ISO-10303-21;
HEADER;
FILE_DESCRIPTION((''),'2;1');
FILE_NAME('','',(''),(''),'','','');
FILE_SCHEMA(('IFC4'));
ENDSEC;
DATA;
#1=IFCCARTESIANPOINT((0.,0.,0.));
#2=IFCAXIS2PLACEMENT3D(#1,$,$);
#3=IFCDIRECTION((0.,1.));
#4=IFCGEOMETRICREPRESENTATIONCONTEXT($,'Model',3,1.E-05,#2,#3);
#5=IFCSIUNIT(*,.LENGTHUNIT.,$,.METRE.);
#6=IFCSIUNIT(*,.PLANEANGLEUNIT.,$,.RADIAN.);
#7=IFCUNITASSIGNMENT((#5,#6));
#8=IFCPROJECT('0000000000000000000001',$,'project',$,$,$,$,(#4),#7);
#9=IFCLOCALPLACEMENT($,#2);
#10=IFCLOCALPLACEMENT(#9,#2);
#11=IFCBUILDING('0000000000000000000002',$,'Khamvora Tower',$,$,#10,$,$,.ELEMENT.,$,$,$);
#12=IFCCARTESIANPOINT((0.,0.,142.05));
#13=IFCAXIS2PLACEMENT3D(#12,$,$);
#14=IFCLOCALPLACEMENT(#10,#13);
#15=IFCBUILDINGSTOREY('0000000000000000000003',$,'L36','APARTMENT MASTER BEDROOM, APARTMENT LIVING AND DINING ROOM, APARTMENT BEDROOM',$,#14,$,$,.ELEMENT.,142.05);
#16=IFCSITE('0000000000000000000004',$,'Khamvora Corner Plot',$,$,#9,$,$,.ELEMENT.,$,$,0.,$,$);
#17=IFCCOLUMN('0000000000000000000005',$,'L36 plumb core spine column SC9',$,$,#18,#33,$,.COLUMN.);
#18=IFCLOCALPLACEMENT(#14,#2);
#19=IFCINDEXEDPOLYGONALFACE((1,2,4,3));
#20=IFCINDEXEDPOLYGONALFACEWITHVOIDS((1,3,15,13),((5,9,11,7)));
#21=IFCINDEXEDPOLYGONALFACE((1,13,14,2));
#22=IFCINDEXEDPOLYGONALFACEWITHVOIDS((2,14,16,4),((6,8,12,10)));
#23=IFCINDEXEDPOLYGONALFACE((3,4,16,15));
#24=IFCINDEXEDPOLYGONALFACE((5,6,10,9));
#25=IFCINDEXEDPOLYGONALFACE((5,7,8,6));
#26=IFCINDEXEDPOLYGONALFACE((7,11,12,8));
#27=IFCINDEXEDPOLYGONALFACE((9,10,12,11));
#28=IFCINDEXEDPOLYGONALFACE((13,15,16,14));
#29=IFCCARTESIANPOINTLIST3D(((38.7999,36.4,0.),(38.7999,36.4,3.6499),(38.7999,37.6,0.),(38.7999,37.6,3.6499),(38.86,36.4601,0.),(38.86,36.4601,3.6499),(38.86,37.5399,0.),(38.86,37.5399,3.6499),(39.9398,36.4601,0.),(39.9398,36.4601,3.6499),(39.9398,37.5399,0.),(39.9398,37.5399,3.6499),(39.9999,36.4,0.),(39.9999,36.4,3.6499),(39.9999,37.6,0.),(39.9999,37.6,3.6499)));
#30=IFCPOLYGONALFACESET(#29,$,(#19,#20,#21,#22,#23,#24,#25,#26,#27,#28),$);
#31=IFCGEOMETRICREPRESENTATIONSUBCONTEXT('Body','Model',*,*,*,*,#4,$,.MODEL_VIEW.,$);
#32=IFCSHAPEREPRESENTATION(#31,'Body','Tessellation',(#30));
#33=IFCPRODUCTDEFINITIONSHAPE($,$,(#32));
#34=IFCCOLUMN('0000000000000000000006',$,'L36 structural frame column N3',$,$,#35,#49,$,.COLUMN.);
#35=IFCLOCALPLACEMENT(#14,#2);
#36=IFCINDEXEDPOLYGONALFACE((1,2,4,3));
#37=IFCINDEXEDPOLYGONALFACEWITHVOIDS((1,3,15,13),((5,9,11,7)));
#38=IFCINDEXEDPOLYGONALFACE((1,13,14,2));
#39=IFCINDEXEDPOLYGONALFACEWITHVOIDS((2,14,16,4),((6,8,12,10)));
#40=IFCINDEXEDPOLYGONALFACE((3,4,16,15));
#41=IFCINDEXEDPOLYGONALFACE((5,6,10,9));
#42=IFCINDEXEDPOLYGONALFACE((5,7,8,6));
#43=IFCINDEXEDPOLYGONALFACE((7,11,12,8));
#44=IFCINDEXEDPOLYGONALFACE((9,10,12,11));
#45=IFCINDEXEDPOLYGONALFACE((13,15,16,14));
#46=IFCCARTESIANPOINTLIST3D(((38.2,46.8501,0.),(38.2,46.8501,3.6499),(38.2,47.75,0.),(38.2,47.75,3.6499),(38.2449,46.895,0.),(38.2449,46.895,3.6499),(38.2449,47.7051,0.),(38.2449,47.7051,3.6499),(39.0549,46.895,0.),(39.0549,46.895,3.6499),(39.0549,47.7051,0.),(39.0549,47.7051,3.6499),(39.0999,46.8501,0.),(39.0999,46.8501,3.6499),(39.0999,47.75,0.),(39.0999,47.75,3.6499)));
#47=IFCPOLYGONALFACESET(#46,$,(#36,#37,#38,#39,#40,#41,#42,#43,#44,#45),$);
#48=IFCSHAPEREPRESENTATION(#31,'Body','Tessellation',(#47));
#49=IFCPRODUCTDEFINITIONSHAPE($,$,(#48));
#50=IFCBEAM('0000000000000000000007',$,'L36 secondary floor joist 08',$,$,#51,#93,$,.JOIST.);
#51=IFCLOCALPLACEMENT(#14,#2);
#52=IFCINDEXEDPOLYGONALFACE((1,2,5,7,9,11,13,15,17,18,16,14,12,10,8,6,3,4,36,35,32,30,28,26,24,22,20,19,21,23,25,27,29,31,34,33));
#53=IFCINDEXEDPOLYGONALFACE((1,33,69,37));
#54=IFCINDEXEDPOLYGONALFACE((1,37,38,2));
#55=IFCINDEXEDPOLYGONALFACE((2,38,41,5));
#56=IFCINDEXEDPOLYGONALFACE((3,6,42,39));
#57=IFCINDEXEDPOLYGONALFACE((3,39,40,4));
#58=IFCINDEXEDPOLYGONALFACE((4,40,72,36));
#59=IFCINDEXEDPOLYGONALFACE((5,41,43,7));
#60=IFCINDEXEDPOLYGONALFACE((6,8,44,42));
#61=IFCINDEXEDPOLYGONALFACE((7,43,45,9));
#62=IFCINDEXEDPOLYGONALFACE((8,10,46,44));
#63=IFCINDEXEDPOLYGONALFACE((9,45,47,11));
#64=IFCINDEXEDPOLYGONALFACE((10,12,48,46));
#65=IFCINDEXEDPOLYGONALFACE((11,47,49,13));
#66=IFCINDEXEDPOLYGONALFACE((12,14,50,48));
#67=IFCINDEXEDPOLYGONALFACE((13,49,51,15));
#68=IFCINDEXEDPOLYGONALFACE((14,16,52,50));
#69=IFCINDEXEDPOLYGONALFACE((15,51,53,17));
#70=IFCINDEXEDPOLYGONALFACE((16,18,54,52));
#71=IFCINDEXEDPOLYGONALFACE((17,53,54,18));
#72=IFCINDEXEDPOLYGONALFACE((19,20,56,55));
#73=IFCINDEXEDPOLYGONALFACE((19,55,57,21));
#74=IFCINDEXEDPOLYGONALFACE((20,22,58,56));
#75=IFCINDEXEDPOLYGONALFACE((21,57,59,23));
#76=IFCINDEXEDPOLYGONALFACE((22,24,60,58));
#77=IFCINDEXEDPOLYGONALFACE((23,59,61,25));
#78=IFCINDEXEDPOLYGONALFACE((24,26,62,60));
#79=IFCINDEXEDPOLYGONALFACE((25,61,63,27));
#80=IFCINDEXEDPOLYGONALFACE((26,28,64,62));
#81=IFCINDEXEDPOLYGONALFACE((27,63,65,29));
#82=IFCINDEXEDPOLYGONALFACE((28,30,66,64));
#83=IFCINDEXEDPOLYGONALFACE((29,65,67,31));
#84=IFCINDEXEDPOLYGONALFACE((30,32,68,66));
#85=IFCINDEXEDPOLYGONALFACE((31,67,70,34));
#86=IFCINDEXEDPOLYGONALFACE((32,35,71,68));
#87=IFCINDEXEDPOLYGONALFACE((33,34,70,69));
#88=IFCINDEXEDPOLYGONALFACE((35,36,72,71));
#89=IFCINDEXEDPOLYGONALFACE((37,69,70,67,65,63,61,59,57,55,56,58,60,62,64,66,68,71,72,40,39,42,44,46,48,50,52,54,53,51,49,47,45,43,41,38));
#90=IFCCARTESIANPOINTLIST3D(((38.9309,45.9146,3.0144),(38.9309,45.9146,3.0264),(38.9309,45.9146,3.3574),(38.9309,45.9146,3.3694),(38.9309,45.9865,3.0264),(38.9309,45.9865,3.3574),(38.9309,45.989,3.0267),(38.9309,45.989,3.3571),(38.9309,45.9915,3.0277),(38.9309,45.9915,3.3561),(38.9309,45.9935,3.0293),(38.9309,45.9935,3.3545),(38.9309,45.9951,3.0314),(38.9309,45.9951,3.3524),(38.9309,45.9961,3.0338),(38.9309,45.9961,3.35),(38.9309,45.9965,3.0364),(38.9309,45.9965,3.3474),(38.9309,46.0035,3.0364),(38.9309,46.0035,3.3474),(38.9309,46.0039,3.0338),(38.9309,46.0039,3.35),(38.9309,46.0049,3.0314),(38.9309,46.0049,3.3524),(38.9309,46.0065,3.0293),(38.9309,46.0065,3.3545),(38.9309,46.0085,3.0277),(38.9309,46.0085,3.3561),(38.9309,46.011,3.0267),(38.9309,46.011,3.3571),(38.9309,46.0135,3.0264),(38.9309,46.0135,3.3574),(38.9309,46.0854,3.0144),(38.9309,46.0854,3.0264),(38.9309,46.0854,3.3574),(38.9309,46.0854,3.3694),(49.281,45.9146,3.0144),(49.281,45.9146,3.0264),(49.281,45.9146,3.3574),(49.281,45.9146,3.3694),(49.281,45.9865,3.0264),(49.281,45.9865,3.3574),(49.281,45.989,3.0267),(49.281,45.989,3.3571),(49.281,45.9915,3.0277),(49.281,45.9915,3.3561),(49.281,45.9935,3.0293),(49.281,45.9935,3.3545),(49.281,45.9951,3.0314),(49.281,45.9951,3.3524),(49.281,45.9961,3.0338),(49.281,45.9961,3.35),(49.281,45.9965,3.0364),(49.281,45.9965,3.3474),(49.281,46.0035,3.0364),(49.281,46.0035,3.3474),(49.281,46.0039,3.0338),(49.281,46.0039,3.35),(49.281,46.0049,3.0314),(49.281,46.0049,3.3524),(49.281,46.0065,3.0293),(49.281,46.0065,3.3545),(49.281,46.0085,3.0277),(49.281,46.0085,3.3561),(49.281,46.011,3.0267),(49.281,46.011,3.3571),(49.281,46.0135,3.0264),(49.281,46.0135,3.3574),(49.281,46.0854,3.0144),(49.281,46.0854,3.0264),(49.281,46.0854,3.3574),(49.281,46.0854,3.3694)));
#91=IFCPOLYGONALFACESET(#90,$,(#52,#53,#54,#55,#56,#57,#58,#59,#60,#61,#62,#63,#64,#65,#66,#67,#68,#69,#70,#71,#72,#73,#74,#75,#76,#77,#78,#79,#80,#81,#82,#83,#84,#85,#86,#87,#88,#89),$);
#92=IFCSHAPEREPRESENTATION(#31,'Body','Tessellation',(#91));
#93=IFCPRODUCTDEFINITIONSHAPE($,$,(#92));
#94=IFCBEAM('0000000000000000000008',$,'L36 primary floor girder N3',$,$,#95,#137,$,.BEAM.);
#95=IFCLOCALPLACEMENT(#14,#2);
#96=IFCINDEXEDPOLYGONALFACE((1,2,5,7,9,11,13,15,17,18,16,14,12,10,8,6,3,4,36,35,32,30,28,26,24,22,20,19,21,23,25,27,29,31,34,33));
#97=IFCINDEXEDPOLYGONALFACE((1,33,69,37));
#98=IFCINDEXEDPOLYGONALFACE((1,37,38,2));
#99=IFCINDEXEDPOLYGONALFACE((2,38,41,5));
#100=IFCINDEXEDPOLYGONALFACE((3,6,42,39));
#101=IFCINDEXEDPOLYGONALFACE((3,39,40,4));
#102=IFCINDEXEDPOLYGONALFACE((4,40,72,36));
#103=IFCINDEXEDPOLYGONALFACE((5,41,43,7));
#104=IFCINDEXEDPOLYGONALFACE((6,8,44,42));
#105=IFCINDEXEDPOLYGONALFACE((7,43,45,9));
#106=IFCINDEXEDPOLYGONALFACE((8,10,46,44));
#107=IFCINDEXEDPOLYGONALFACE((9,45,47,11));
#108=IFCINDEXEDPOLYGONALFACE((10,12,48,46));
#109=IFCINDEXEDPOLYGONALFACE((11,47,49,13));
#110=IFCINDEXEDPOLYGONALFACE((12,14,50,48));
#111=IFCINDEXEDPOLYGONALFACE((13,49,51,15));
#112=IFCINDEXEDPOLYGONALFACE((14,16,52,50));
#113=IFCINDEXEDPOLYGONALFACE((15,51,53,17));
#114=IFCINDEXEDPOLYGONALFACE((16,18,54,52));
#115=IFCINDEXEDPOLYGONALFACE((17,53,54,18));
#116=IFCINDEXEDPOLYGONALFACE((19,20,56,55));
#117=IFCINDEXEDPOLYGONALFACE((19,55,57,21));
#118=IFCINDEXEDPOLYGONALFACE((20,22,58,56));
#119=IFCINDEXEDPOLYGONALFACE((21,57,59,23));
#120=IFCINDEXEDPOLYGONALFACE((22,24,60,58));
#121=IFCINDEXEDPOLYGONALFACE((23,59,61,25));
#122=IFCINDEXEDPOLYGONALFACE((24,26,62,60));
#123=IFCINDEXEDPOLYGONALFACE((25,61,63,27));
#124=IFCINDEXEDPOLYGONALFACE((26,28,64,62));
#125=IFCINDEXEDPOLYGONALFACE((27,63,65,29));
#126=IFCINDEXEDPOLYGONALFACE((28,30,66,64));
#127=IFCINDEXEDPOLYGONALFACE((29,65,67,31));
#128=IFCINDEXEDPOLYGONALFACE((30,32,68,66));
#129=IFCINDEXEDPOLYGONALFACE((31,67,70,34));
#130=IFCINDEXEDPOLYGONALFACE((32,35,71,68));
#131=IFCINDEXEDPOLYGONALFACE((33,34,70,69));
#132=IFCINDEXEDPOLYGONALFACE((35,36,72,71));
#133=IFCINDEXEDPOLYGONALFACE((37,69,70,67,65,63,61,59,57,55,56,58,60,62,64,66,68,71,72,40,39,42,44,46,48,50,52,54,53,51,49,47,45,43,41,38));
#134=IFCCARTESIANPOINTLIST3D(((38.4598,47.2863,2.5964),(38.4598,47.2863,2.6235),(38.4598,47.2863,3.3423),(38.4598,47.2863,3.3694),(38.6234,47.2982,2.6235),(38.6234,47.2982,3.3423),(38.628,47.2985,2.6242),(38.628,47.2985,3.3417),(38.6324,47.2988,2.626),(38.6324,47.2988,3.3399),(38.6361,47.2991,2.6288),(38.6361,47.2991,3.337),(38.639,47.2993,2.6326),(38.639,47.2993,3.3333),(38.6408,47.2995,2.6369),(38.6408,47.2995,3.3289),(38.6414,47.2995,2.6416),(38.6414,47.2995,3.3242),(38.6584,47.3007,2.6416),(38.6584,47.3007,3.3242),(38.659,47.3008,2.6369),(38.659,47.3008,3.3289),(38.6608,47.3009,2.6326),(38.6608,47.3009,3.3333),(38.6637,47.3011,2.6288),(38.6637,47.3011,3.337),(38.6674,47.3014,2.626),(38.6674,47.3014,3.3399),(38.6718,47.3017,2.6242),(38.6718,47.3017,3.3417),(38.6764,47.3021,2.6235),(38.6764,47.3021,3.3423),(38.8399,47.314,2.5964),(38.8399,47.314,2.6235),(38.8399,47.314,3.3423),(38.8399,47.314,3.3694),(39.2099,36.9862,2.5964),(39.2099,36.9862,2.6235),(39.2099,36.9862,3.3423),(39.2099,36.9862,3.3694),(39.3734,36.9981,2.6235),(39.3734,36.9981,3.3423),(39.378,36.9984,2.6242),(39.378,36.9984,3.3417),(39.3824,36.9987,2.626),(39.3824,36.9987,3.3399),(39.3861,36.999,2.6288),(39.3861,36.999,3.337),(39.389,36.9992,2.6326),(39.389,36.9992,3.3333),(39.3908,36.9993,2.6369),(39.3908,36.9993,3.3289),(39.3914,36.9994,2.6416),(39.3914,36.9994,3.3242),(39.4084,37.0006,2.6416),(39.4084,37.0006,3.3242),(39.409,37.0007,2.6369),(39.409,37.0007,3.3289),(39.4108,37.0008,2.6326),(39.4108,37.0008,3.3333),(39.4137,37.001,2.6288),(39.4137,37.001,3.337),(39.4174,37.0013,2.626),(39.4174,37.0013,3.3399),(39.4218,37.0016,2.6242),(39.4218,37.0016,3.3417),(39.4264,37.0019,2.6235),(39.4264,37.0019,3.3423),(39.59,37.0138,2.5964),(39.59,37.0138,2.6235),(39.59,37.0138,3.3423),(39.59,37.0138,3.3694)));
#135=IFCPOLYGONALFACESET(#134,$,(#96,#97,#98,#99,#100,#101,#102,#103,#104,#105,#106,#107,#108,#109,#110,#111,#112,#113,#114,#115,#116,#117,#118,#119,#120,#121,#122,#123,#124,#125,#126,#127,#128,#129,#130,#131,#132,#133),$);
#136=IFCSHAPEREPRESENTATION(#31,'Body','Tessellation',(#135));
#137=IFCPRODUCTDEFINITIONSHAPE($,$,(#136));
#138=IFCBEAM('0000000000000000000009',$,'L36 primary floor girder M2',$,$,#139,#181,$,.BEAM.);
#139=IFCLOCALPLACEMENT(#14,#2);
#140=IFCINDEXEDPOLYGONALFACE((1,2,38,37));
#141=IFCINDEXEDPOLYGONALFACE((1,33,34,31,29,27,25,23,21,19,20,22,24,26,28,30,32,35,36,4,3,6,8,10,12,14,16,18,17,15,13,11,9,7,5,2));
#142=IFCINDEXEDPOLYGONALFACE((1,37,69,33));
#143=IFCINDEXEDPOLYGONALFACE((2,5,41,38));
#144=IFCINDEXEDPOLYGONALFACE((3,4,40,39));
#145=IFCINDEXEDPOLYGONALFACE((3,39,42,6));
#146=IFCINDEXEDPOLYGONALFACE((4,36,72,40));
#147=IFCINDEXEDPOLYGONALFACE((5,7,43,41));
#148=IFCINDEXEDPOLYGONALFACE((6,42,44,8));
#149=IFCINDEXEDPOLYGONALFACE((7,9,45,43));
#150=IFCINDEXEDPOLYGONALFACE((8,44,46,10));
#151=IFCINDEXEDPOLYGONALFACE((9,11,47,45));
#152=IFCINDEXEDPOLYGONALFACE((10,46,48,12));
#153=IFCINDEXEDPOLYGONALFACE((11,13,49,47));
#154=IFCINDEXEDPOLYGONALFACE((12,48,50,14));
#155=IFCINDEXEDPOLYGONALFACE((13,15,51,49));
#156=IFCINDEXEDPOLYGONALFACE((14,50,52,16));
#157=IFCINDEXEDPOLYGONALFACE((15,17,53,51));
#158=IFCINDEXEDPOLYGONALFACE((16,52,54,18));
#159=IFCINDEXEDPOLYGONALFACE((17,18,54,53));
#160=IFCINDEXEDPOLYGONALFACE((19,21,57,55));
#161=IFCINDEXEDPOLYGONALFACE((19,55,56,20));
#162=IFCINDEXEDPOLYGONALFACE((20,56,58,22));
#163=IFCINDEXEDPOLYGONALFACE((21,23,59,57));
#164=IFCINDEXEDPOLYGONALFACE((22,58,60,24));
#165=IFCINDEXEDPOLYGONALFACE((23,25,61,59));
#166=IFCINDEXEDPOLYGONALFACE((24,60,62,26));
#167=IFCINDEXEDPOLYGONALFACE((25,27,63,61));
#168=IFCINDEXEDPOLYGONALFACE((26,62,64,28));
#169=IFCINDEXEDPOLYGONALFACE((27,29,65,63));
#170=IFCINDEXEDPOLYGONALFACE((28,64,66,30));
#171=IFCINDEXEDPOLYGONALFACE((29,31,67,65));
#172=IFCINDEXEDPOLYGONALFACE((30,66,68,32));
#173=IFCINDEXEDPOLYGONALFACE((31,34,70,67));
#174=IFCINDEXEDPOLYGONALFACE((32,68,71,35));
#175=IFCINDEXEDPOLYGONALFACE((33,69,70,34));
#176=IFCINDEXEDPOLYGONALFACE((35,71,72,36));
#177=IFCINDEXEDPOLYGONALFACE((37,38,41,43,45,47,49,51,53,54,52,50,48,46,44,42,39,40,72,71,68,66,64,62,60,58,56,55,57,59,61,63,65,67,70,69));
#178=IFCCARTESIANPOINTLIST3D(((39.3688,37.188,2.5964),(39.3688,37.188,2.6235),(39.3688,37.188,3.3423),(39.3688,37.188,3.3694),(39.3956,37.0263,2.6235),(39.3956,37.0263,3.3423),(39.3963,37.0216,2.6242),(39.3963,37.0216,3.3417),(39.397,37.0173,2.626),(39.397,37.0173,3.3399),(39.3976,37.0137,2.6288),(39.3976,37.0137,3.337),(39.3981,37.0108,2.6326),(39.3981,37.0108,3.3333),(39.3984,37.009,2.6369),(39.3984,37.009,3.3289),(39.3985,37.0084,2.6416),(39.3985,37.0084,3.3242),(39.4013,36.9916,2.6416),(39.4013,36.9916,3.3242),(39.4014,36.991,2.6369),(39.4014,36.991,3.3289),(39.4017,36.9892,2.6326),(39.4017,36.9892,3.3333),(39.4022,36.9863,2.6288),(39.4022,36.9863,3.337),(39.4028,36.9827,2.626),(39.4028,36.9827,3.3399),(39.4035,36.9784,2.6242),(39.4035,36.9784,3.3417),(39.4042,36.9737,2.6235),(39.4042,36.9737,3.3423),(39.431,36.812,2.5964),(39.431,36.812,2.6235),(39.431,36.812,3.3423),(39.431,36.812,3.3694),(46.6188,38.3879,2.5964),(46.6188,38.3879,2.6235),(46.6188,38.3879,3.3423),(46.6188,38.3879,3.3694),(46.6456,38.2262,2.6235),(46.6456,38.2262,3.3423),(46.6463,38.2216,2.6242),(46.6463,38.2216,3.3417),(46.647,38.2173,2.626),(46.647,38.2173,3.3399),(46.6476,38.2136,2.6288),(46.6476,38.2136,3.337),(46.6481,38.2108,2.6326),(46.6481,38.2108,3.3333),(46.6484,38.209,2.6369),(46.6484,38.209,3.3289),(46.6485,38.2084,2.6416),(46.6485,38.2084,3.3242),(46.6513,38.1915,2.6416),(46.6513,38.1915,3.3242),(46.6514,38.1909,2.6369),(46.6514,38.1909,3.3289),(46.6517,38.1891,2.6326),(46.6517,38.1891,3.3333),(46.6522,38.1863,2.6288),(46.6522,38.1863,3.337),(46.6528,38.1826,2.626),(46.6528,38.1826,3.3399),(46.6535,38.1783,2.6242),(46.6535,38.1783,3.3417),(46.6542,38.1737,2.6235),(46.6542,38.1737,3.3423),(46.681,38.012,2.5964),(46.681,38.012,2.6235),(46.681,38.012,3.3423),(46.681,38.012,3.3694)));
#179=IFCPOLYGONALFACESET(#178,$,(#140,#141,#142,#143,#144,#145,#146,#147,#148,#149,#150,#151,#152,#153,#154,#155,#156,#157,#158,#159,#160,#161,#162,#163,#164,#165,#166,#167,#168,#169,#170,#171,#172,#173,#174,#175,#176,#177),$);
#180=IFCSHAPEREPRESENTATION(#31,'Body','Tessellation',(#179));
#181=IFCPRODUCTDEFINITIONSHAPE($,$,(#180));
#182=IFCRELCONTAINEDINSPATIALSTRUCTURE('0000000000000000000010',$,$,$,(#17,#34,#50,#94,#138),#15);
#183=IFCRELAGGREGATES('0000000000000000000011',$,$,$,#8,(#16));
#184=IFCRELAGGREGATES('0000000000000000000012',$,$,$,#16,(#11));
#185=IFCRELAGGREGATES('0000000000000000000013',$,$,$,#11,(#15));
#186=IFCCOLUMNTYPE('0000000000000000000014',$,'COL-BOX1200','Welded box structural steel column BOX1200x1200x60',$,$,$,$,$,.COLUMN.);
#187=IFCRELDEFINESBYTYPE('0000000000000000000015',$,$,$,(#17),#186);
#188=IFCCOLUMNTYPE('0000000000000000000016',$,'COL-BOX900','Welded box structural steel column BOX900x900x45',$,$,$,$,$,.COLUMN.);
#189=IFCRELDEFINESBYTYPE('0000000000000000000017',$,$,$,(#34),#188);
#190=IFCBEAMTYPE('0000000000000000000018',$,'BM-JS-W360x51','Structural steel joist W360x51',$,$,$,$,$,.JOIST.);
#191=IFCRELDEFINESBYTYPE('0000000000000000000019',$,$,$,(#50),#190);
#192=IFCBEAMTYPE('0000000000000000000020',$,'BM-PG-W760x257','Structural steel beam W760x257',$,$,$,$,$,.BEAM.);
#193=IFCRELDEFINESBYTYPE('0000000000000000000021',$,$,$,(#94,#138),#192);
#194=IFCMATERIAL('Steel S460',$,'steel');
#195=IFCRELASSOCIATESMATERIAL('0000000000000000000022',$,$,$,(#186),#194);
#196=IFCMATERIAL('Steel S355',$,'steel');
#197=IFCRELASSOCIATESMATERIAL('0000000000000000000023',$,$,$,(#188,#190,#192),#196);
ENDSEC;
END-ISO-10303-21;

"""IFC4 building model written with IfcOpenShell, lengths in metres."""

from ifc_helpers import new_model, si_unit, direction, frame, origin, origin_2d, place, context, subcontext, project, spatial, hollow_rectangle, i_section, extrude, material, material_profile, profile_set, type_object, element, save


model = new_model("IFC4")

# Units and contexts
model_context = context("Model", 3, precision=1e-05, world=origin(), true_north=direction((0.0, 1.0)))
body_context = subcontext(model_context, "Body", "Model", "MODEL_VIEW")
ifc_project = project(units=[si_unit("LENGTHUNIT", "METRE"), si_unit("PLANEANGLEUNIT", "RADIAN")], contexts=[model_context])

# Site, building, storey
site_placement = place(None, origin())
site = spatial("IfcSite", under=ifc_project, at=site_placement, Name="Khamvora Corner Plot", CompositionType="ELEMENT", RefElevation=0.0)
building_placement = place(site_placement, origin())
building = spatial("IfcBuilding", under=site, at=building_placement, Name="Khamvora Tower", CompositionType="ELEMENT")
storey_placement = place(building_placement, frame((0.0, 0.0, 142.05)))
storey = spatial("IfcBuildingStorey", under=building, at=storey_placement, Name="L36", Description="APARTMENT MASTER BEDROOM, APARTMENT LIVING AND DINING ROOM, APARTMENT BEDROOM", CompositionType="ELEMENT", Elevation=142.05)

# Columns
ifc_material_1 = material(Name="Steel S460", Category="steel")
ifc_material_profile_1 = material_profile(ifc_material_1, hollow_rectangle(XDim=1.2, YDim=1.2, WallThickness=0.0601, at=origin_2d()), Name="BOX1200x1200x60")
ifc_profile_set_1 = profile_set([ifc_material_profile_1], Name="Steel S460")
column_type_1 = type_object("IfcColumnType", Name="COL-BOX1200", Description="Welded box structural steel column BOX1200x1200x60", PredefinedType="COLUMN", material=ifc_profile_set_1)
column_1_placement = place(storey_placement, frame((39.3999, 37.0, 0.0), z_axis=(0.0, 0.0, 1.0), x_axis=(1.0, 0.0, 0.0)))
element("IfcColumn", 1, at=column_1_placement, inside=storey, type_object=column_type_1, Name="L36 plumb core spine column SC9", PredefinedType="COLUMN", context=body_context, shape_type="SweptSolid", body=[
    extrude(hollow_rectangle(XDim=1.2, YDim=1.2, WallThickness=0.0601, at=origin_2d()), origin(), (0.0, 0.0, 1.0), 3.6499),
])
ifc_material_2 = material(Name="Steel S355", Category="steel")
ifc_material_profile_2 = material_profile(ifc_material_2, hollow_rectangle(XDim=0.8999, YDim=0.8999, WallThickness=0.0449, at=origin_2d()), Name="BOX900x900x45")
ifc_profile_set_2 = profile_set([ifc_material_profile_2], Name="Steel S355")
column_type_2 = type_object("IfcColumnType", Name="COL-BOX900", Description="Welded box structural steel column BOX900x900x45", PredefinedType="COLUMN", material=ifc_profile_set_2)
column_2_placement = place(storey_placement, frame((38.6499, 47.3, 0.0), z_axis=(0.0, 0.0, 1.0), x_axis=(1.0, 0.0, 0.0)))
element("IfcColumn", 2, at=column_2_placement, inside=storey, type_object=column_type_2, Name="L36 structural frame column N3", PredefinedType="COLUMN", context=body_context, shape_type="SweptSolid", body=[
    extrude(hollow_rectangle(XDim=0.8999, YDim=0.8999, WallThickness=0.0449, at=origin_2d()), origin(), (0.0, 0.0, 1.0), 3.6499),
])

# Beams
ifc_material_profile_3 = material_profile(ifc_material_2, i_section(OverallWidth=0.1709, OverallDepth=0.355, WebThickness=0.0071, FlangeThickness=0.012, FilletRadius=0.01, at=origin_2d()), Name="W360x51")
ifc_profile_set_3 = profile_set([ifc_material_profile_3], Name="Steel S355")
beam_type_1 = type_object("IfcBeamType", Name="BM-JS-W360x51", Description="Structural steel joist W360x51", PredefinedType="JOIST", material=ifc_profile_set_3)
beam_1_placement = place(storey_placement, frame((38.9309, 46.0, 3.1919), z_axis=(1.0, 0.0, 0.0), x_axis=(0.0, 1.0, 0.0)))
element("IfcBeam", 3, at=beam_1_placement, inside=storey, type_object=beam_type_1, Name="L36 secondary floor joist 08", PredefinedType="JOIST", context=body_context, shape_type="SweptSolid", body=[
    extrude(i_section(OverallWidth=0.1709, OverallDepth=0.355, WebThickness=0.0071, FlangeThickness=0.012, FilletRadius=0.01, at=origin_2d()), origin(), (0.0, 0.0, 1.0), 10.3501),
])
ifc_material_profile_4 = material_profile(ifc_material_2, i_section(OverallWidth=0.3811, OverallDepth=0.7729, WebThickness=0.0171, FlangeThickness=0.0271, FilletRadius=0.0181, at=origin_2d()), Name="W760x257")
ifc_profile_set_4 = profile_set([ifc_material_profile_4], Name="Steel S355")
beam_type_2 = type_object("IfcBeamType", Name="BM-PG-W760x257", Description="Structural steel beam W760x257", PredefinedType="BEAM", material=ifc_profile_set_4)
beam_2_placement = place(storey_placement, frame((39.3999, 37.0, 2.9829), z_axis=(-0.072623, 0.997359, 0.0), x_axis=(-0.997359, -0.072623, 0.0)))
element("IfcBeam", 4, at=beam_2_placement, inside=storey, type_object=beam_type_2, Name="L36 primary floor girder N3", PredefinedType="BEAM", context=body_context, shape_type="SweptSolid", body=[
    extrude(i_section(OverallWidth=0.3811, OverallDepth=0.7729, WebThickness=0.0171, FlangeThickness=0.0271, FilletRadius=0.0181, at=origin_2d()), origin(), (0.0, 0.0, 1.0), 10.3274),
])
beam_3_placement = place(storey_placement, frame((39.3999, 37.0, 2.9829), z_axis=(0.986578, 0.163289, 0.0), x_axis=(-0.163289, 0.986578, 0.0)))
element("IfcBeam", 5, at=beam_3_placement, inside=storey, type_object=beam_type_2, Name="L36 primary floor girder M2", PredefinedType="BEAM", context=body_context, shape_type="SweptSolid", body=[
    extrude(i_section(OverallWidth=0.3811, OverallDepth=0.7729, WebThickness=0.0171, FlangeThickness=0.0271, FilletRadius=0.0181, at=origin_2d()), origin(), (0.0, 0.0, 1.0), 7.3486),
])

save(model, "model.ifc")
